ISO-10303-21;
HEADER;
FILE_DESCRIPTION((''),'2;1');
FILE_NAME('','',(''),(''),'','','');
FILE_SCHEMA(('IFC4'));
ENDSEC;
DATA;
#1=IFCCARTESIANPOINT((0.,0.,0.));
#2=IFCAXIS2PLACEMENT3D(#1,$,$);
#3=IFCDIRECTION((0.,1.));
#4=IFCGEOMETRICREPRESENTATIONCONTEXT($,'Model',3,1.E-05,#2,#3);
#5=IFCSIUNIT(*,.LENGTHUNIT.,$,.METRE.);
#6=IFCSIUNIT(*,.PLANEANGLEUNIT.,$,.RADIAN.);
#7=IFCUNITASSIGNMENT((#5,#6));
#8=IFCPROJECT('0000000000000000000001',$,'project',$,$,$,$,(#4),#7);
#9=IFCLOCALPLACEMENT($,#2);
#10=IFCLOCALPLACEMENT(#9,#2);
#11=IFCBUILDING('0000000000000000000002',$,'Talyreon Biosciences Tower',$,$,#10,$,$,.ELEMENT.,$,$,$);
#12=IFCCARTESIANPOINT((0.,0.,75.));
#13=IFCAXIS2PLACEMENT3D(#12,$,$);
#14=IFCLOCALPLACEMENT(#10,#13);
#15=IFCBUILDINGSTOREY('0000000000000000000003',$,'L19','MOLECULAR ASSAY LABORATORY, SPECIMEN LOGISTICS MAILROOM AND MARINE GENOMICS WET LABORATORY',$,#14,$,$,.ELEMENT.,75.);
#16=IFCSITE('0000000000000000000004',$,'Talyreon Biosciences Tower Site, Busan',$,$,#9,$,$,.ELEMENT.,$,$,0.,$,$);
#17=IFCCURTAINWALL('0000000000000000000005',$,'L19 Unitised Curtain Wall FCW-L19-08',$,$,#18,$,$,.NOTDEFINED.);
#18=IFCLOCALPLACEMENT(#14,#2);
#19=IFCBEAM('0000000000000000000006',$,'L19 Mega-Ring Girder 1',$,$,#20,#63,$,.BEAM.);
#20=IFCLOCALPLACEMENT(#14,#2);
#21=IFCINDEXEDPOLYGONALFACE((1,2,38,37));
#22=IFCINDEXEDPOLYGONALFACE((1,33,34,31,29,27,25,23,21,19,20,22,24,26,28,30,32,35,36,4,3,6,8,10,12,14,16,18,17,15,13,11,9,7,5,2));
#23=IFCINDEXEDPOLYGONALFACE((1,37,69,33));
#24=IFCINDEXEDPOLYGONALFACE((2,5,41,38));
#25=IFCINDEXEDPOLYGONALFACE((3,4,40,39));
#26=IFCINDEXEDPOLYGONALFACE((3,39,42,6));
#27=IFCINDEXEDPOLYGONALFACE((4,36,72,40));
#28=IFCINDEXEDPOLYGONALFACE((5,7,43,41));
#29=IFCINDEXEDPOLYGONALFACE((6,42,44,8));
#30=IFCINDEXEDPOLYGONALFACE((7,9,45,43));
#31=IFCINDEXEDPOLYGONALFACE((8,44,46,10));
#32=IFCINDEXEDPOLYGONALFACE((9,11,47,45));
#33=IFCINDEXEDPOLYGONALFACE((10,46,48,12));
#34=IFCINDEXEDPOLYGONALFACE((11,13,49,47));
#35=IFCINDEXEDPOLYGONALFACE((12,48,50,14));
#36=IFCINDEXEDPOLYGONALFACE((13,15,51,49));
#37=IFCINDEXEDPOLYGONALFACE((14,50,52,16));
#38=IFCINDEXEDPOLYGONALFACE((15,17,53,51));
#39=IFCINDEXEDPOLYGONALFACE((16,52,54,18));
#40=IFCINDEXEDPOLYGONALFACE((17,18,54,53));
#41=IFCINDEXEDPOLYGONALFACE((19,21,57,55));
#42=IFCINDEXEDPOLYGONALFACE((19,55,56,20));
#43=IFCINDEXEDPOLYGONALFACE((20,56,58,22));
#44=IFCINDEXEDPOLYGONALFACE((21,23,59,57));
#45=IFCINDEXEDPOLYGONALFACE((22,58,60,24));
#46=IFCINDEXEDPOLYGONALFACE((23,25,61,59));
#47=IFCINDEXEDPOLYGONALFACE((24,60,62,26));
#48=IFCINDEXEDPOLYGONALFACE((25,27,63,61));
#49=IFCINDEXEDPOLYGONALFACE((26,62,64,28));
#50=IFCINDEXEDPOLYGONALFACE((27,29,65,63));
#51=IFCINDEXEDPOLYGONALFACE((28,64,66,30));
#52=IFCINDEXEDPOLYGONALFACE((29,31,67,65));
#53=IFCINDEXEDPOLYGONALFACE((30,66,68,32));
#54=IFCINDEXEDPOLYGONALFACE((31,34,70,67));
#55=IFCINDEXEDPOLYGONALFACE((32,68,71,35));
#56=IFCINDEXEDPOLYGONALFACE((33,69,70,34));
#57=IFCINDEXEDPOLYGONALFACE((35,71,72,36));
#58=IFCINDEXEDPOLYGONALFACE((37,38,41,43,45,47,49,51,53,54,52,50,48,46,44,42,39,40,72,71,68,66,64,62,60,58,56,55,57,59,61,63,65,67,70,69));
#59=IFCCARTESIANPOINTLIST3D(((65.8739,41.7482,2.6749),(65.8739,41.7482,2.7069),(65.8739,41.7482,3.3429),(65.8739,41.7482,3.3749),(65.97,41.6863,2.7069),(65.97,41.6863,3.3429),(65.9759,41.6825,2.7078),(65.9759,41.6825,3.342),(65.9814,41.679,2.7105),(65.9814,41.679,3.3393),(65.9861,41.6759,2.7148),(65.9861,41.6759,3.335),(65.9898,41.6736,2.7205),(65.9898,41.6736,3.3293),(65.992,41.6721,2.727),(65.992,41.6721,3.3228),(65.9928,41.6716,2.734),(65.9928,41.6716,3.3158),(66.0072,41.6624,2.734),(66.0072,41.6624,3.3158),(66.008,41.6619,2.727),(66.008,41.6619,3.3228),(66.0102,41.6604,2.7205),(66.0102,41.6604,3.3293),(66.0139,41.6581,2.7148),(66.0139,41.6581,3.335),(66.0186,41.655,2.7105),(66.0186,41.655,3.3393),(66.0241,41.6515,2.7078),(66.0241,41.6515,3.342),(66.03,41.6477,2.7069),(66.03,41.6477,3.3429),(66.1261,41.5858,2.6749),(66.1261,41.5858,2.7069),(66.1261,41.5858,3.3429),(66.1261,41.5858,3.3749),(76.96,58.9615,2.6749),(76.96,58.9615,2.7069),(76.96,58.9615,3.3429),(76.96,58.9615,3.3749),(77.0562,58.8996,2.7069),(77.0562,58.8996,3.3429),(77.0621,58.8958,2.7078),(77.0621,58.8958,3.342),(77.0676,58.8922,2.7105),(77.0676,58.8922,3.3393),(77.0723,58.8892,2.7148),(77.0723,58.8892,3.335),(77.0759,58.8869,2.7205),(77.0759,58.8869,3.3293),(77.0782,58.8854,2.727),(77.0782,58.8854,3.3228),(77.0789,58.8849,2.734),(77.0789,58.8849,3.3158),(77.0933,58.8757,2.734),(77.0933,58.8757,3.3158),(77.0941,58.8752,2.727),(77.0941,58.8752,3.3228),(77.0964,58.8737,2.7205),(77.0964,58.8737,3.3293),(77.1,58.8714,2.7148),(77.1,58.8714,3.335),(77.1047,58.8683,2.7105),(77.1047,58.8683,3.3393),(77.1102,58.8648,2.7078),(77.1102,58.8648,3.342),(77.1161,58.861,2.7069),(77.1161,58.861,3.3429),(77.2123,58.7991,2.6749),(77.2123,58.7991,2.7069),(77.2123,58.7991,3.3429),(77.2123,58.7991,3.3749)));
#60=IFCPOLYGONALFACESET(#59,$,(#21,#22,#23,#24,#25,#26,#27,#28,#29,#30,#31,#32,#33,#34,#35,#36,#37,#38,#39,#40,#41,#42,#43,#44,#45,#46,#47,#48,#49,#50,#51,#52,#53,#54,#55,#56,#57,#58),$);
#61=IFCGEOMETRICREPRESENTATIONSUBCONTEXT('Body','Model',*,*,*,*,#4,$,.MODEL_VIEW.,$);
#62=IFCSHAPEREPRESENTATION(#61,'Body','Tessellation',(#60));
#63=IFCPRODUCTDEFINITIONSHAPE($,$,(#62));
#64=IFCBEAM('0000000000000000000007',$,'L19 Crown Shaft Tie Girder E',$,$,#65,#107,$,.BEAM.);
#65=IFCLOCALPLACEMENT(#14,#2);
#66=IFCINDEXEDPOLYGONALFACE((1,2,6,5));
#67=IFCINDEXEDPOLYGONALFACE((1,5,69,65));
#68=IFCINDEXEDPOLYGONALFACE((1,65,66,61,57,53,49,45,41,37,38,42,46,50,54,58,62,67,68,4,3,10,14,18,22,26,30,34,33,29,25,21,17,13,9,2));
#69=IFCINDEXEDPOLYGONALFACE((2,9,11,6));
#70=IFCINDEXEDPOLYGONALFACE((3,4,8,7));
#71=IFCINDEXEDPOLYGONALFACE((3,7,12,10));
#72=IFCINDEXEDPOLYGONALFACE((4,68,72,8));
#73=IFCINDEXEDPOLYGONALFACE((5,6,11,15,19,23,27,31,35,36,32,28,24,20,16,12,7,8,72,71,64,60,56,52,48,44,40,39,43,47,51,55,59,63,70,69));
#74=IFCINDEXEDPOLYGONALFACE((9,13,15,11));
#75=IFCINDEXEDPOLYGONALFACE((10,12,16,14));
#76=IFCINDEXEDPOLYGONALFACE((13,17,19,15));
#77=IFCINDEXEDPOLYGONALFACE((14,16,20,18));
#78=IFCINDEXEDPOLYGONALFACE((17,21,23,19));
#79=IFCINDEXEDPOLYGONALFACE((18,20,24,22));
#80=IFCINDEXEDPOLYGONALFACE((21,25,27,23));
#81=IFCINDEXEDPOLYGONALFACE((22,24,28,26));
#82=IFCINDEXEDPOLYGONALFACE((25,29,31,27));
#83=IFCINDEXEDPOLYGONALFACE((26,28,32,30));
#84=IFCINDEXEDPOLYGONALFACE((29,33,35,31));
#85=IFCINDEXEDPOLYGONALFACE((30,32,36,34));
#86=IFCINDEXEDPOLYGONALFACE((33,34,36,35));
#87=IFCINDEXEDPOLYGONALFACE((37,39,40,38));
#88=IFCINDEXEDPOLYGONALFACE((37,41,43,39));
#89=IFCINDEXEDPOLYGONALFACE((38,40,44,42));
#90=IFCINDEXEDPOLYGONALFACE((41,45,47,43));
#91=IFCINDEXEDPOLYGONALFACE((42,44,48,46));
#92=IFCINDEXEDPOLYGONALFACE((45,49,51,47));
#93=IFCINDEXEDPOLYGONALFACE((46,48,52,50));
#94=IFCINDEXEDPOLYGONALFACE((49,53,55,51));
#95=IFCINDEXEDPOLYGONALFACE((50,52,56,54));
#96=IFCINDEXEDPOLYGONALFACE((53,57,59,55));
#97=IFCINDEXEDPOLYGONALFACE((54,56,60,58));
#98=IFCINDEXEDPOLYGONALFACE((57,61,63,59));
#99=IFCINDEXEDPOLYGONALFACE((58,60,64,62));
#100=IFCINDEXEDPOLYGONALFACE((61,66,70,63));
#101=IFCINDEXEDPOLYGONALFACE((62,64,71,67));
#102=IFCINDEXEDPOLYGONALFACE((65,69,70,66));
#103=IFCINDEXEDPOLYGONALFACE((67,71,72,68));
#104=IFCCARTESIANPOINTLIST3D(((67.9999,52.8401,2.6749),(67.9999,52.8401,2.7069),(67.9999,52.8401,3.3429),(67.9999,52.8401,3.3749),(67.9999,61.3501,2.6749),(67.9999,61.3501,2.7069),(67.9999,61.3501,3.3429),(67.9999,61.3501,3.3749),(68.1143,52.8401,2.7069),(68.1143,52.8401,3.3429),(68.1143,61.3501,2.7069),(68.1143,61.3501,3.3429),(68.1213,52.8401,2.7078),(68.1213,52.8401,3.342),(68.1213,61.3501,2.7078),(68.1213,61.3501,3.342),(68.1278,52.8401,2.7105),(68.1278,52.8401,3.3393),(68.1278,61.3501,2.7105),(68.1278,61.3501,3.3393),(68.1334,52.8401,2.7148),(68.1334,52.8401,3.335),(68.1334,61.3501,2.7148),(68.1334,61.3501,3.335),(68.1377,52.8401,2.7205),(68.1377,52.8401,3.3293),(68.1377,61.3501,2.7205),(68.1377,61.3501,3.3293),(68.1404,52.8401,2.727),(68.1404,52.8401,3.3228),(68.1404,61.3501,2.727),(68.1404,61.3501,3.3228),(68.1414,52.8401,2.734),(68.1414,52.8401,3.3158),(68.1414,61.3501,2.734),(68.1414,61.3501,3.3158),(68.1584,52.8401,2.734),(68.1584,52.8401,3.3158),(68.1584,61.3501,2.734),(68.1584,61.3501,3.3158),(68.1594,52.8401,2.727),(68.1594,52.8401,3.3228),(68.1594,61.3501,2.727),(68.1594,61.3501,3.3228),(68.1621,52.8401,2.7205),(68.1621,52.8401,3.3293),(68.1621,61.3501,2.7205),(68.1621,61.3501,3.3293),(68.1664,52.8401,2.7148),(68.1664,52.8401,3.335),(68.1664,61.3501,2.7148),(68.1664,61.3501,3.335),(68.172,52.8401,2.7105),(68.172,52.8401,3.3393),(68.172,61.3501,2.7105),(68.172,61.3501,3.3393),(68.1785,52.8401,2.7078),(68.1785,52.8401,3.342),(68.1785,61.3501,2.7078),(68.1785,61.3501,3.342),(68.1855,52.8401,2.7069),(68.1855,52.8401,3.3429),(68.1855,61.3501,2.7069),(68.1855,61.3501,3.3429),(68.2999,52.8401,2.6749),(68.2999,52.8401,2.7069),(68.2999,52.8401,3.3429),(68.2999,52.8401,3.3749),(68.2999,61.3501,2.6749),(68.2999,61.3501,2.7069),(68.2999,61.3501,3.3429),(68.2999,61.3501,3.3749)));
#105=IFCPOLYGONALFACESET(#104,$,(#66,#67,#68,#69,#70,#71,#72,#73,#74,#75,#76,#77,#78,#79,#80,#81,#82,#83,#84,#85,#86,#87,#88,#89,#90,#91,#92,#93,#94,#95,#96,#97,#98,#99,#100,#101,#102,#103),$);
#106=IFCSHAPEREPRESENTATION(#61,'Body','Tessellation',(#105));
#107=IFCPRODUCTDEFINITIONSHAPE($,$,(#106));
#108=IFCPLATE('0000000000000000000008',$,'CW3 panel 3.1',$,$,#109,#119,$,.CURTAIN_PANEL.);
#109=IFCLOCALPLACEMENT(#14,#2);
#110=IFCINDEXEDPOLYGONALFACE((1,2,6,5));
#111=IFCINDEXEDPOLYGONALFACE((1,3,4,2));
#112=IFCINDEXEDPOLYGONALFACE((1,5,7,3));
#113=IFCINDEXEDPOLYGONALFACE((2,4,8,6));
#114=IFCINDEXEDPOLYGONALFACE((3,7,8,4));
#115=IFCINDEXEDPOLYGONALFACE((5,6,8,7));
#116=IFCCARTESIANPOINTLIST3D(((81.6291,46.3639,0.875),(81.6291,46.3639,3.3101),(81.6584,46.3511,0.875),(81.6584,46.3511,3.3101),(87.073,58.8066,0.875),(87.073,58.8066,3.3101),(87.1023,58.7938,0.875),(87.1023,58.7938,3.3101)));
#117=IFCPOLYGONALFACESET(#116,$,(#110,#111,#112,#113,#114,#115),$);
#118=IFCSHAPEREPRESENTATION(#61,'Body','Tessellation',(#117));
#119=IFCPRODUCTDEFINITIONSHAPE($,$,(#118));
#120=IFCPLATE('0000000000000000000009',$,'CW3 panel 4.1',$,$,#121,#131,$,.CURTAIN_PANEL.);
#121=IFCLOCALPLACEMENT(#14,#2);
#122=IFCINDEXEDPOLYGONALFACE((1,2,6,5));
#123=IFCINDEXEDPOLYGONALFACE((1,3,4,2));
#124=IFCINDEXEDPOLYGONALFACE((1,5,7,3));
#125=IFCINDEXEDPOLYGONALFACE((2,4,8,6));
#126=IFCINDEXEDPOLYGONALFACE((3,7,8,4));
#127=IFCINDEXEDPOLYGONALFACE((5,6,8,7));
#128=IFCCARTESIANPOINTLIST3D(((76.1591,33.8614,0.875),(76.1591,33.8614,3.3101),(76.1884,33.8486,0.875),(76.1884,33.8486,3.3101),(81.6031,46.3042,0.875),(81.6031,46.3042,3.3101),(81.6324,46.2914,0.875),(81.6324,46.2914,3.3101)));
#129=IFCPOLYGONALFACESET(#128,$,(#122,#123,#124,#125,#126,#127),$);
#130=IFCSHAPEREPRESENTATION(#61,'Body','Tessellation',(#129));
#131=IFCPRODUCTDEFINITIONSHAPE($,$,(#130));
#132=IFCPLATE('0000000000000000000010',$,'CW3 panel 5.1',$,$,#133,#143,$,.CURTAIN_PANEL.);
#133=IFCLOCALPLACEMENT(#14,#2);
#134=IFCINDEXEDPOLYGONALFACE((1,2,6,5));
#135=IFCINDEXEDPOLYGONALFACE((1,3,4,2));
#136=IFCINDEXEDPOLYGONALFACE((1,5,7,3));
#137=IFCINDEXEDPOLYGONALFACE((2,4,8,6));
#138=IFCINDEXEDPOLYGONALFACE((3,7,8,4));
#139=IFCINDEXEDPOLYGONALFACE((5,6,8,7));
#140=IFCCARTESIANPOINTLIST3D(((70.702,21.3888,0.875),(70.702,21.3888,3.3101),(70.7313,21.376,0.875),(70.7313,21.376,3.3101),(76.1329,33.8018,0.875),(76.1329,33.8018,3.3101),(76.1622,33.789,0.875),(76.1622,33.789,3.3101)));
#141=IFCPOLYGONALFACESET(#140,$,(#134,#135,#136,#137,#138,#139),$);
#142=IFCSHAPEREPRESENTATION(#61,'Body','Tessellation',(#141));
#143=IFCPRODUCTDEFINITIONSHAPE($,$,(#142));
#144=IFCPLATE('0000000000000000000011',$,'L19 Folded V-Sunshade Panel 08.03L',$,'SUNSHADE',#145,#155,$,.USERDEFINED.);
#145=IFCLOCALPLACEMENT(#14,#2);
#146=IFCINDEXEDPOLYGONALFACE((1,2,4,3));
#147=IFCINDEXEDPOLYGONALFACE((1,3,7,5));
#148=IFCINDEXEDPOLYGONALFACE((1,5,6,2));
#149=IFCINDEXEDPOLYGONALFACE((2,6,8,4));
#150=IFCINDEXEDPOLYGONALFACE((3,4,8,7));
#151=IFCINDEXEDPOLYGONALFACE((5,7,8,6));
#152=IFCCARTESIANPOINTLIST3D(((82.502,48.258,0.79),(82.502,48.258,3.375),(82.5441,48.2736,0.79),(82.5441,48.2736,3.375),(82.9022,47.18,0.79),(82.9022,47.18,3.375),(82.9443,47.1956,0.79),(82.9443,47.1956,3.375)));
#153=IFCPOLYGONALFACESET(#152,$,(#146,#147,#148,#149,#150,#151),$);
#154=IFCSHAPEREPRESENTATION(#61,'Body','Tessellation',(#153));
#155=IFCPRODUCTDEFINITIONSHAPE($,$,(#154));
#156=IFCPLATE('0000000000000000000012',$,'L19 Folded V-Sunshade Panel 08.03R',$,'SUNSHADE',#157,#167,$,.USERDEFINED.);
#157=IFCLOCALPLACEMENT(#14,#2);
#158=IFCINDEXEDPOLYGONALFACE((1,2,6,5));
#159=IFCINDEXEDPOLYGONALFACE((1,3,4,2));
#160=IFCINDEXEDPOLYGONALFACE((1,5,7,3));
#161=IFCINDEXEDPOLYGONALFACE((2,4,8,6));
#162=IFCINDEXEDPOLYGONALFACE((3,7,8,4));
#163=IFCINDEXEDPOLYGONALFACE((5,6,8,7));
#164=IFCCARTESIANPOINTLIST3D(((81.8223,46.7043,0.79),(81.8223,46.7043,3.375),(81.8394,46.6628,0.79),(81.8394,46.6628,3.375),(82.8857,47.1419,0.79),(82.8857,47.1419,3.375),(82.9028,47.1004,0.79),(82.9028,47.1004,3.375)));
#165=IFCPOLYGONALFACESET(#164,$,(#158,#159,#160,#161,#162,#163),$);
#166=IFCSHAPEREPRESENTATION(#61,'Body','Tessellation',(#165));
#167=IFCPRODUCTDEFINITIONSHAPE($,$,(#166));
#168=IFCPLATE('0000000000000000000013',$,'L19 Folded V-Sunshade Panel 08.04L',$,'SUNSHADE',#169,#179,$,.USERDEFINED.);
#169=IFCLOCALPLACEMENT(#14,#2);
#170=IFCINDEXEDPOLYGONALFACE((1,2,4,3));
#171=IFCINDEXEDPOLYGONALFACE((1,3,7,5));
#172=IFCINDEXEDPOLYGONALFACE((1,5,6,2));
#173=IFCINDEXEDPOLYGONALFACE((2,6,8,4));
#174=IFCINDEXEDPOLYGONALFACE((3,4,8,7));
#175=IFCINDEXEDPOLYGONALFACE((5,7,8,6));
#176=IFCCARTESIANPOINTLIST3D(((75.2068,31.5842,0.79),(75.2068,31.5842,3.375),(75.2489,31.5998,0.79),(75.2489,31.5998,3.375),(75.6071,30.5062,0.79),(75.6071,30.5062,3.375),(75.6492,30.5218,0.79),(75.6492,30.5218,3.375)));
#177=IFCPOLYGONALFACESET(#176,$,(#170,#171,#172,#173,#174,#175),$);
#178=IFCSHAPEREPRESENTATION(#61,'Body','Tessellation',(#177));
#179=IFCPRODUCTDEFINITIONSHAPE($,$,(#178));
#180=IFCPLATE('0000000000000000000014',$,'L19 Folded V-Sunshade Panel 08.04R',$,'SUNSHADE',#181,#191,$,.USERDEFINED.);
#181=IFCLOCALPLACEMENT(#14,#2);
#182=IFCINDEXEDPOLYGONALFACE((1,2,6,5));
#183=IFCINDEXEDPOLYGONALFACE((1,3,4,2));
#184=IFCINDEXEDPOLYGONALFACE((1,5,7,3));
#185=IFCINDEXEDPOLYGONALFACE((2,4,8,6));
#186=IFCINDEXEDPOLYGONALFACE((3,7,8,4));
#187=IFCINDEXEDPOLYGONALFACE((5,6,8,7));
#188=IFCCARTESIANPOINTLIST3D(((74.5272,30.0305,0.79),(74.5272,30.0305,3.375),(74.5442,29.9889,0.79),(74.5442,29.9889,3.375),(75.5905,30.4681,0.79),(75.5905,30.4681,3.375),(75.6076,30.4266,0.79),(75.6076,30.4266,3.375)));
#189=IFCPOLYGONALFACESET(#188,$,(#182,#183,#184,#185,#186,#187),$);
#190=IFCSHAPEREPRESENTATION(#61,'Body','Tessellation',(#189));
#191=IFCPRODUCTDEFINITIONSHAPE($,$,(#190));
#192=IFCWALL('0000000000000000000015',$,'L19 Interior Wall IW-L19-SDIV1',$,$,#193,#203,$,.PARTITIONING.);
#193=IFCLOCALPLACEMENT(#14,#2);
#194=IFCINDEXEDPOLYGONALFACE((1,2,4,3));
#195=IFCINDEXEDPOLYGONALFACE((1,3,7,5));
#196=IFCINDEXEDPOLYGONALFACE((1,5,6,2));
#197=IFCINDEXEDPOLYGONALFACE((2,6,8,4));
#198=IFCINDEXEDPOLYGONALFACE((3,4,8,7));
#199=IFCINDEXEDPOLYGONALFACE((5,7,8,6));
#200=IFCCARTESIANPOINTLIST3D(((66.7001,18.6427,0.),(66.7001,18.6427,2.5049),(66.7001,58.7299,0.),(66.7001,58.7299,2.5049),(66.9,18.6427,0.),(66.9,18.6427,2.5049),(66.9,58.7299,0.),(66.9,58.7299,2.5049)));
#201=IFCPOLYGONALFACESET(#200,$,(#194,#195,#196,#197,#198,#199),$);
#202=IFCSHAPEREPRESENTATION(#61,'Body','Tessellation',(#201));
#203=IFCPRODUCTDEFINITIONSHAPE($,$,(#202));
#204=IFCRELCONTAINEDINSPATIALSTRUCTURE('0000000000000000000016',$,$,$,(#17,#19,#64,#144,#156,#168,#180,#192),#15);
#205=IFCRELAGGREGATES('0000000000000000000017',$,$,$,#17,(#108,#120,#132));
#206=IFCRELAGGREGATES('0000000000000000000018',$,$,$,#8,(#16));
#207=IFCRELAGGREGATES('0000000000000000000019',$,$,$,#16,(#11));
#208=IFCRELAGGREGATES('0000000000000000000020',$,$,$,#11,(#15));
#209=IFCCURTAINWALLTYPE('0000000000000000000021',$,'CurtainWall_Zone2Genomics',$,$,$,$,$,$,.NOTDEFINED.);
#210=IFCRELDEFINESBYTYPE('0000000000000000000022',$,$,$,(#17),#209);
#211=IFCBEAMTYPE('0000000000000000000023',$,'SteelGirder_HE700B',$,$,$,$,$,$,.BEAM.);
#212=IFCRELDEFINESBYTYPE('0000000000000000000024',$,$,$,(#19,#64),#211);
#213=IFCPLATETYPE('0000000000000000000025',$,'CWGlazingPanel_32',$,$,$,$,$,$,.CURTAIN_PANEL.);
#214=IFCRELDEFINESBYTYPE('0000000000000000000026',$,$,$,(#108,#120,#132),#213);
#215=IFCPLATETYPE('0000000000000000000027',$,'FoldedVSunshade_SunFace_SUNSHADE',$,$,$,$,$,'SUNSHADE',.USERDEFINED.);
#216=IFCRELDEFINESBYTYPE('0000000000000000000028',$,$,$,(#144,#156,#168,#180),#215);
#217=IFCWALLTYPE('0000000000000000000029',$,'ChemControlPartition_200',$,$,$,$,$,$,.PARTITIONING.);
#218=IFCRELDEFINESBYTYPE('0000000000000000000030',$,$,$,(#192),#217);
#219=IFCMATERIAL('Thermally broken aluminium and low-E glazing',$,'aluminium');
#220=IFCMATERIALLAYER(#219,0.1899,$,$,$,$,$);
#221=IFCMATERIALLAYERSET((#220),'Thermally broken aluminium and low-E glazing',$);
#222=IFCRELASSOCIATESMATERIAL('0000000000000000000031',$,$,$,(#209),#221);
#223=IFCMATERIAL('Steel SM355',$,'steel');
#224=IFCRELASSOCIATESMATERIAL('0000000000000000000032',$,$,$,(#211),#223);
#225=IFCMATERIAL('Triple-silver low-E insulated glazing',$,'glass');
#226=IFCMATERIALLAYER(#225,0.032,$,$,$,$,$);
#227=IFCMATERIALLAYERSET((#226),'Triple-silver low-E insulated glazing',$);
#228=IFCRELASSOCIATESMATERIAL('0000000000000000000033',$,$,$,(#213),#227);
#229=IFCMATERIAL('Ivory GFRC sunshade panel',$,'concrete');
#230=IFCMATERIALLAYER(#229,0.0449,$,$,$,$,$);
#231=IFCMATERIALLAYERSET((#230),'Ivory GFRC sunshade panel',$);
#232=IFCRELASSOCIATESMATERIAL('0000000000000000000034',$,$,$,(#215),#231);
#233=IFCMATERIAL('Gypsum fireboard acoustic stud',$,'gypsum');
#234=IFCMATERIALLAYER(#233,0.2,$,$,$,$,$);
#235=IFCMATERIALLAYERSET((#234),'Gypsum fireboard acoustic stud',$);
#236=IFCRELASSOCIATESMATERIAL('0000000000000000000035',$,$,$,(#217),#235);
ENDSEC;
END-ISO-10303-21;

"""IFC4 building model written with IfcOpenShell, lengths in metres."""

from ifc_helpers import new_model, si_unit, direction, frame, frame_2d, origin, origin_2d, place, context, subcontext, project, spatial, rectangle, i_section, extrude, material, layer, layer_set, material_profile, profile_set, type_object, element, aggregate, save


model = new_model("IFC4")

# Units and contexts
model_context = context("Model", 3, precision=1e-05, world=origin(), true_north=direction((0.0, 1.0)))
body_context = subcontext(model_context, "Body", "Model", "MODEL_VIEW")
ifc_project = project(units=[si_unit("LENGTHUNIT", "METRE"), si_unit("PLANEANGLEUNIT", "RADIAN")], contexts=[model_context])

# Site, building, storey
site_placement = place(None, origin())
site = spatial("IfcSite", under=ifc_project, at=site_placement, Name="Talyreon Biosciences Tower Site, Busan", CompositionType="ELEMENT", RefElevation=0.0)
building_placement = place(site_placement, origin())
building = spatial("IfcBuilding", under=site, at=building_placement, Name="Talyreon Biosciences Tower", CompositionType="ELEMENT")
storey_placement = place(building_placement, frame((0.0, 0.0, 75.0)))
storey = spatial("IfcBuildingStorey", under=building, at=storey_placement, Name="L19", Description="MOLECULAR ASSAY LABORATORY, SPECIMEN LOGISTICS MAILROOM AND MARINE GENOMICS WET LABORATORY", CompositionType="ELEMENT", Elevation=75.0)

# Curtain wall
ifc_material_1 = material(Name="Thermally broken aluminium and low-E glazing", Category="aluminium")
ifc_layer_1 = layer(ifc_material_1, 0.1899)
ifc_layer_set_1 = layer_set([ifc_layer_1], Name="Thermally broken aluminium and low-E glazing")
curtain_wall_type = type_object("IfcCurtainWallType", Name="CurtainWall_Zone2Genomics", PredefinedType="NOTDEFINED", material=ifc_layer_set_1)
curtain_wall_placement = place(storey_placement, origin())
curtain_wall = element("IfcCurtainWall", 1, at=curtain_wall_placement, inside=storey, type_object=curtain_wall_type, Name="L19 Unitised Curtain Wall FCW-L19-08", PredefinedType="NOTDEFINED")

# Beams
ifc_material_2 = material(Name="Steel SM355", Category="steel")
ifc_material_profile_1 = material_profile(ifc_material_2, i_section(OverallWidth=0.3, OverallDepth=0.7, WebThickness=0.0171, FlangeThickness=0.032, FilletRadius=0.0271, at=origin_2d()), Name="HE700B")
ifc_profile_set_1 = profile_set([ifc_material_profile_1], Name="Steel SM355")
beam_type_1 = type_object("IfcBeamType", Name="SteelGirder_HE700B", PredefinedType="BEAM", material=ifc_profile_set_1)
beam_1_placement = place(storey_placement, frame((66.0, 41.667, 3.0249), z_axis=(0.541464, 0.840724, 0.0), x_axis=(-0.840724, 0.541464, 0.0)))
element("IfcBeam", 2, at=beam_1_placement, inside=storey, type_object=beam_type_1, Name="L19 Mega-Ring Girder 1", PredefinedType="BEAM", context=body_context, shape_type="SweptSolid", body=[
    extrude(i_section(OverallWidth=0.3, OverallDepth=0.7, WebThickness=0.0171, FlangeThickness=0.032, FilletRadius=0.0271, at=origin_2d()), origin(), (0.0, 0.0, 1.0), 20.4744),
])
beam_2_placement = place(storey_placement, frame((68.1499, 52.8401, 3.0249), z_axis=(0.0, 1.0, 0.0), x_axis=(-1.0, 0.0, 0.0)))
element("IfcBeam", 3, at=beam_2_placement, inside=storey, type_object=beam_type_1, Name="L19 Crown Shaft Tie Girder E", PredefinedType="BEAM", context=body_context, shape_type="SweptSolid", body=[
    extrude(i_section(OverallWidth=0.3, OverallDepth=0.7, WebThickness=0.0171, FlangeThickness=0.032, FilletRadius=0.0271, at=origin_2d()), origin(), (0.0, 0.0, 1.0), 8.51),
])

# Plates
ifc_material_3 = material(Name="Triple-silver low-E insulated glazing", Category="glass")
ifc_layer_2 = layer(ifc_material_3, 0.032)
ifc_layer_set_2 = layer_set([ifc_layer_2], Name="Triple-silver low-E insulated glazing")
plate_type_1 = type_object("IfcPlateType", Name="CWGlazingPanel_32", PredefinedType="CURTAIN_PANEL", material=ifc_layer_set_2)
plate_1_placement = place(storey_placement, frame((84.3657, 52.5789, 0.875), z_axis=(0.0, 0.0, 1.0), x_axis=(-0.400831, -0.916152, 0.0)))
plate_1 = element("IfcPlate", 4, at=plate_1_placement, type_object=plate_type_1, Name="CW3 panel 3.1", PredefinedType="CURTAIN_PANEL", context=body_context, shape_type="SweptSolid", body=[
    extrude(rectangle(XDim=13.5815, YDim=0.032, at=origin_2d()), origin(), (0.0, 0.0, 1.0), 2.4351),
])
plate_2_placement = place(storey_placement, frame((78.8958, 40.0764, 0.875), z_axis=(0.0, 0.0, 1.0), x_axis=(-0.400831, -0.916152, 0.0)))
plate_2 = element("IfcPlate", 5, at=plate_2_placement, type_object=plate_type_1, Name="CW3 panel 4.1", PredefinedType="CURTAIN_PANEL", context=body_context, shape_type="SweptSolid", body=[
    extrude(rectangle(XDim=13.5815, YDim=0.032, at=origin_2d()), origin(), (0.0, 0.0, 1.0), 2.4351),
])
plate_3_placement = place(storey_placement, frame((73.4321, 27.5889, 0.875), z_axis=(0.0, 0.0, 1.0), x_axis=(-0.400831, -0.916152, 0.0)))
plate_3 = element("IfcPlate", 6, at=plate_3_placement, type_object=plate_type_1, Name="CW3 panel 5.1", PredefinedType="CURTAIN_PANEL", context=body_context, shape_type="SweptSolid", body=[
    extrude(rectangle(XDim=13.5491, YDim=0.032, at=origin_2d()), origin(), (0.0, 0.0, 1.0), 2.4351),
])
aggregate(curtain_wall, [plate_1, plate_2, plate_3])

# Plates
ifc_material_4 = material(Name="Ivory GFRC sunshade panel", Category="concrete")
ifc_layer_3 = layer(ifc_material_4, 0.0449)
ifc_layer_set_3 = layer_set([ifc_layer_3], Name="Ivory GFRC sunshade panel")
plate_type_2 = type_object("IfcPlateType", Name="FoldedVSunshade_SunFace_SUNSHADE", ElementType="SUNSHADE", PredefinedType="USERDEFINED", material=ifc_layer_set_3)
for number, where, z_axis, x_axis, name in (
    (7, (82.7231, 47.7268, 0.79), (0.0, 0.0, 1.0), (0.348081, -0.937464, 0.0), "L19 Folded V-Sunshade Panel 08.03L"),
    (8, (82.3625, 46.9023, 0.79), (0.0, 0.0, 1.0), (-0.924745, -0.380586, 0.0), "L19 Folded V-Sunshade Panel 08.03R"),
    (9, (75.428, 31.053, 0.79), (0.0, 0.0, 1.0), (0.348081, -0.937464, 0.0), "L19 Folded V-Sunshade Panel 08.04L"),
    (10, (75.0674, 30.2285, 0.79), (0.0, 0.0, 1.0), (-0.924745, -0.380586, 0.0), "L19 Folded V-Sunshade Panel 08.04R"),
):
    element("IfcPlate", number, at=place(storey_placement, frame(where, z_axis=z_axis, x_axis=x_axis)), inside=storey, type_object=plate_type_2, Name=name, ObjectType="SUNSHADE", PredefinedType="USERDEFINED", context=body_context, shape_type="SweptSolid", body=[
        extrude(rectangle(XDim=1.1499, YDim=0.0449, at=origin_2d()), origin(), (0.0, 0.0, 1.0), 2.585),
    ])

# Wall
ifc_material_5 = material(Name="Gypsum fireboard acoustic stud", Category="gypsum")
ifc_layer_4 = layer(ifc_material_5, 0.2)
ifc_layer_set_4 = layer_set([ifc_layer_4], Name="Gypsum fireboard acoustic stud")
wall_type_1 = type_object("IfcWallType", Name="ChemControlPartition_200", PredefinedType="PARTITIONING", material=ifc_layer_set_4)
wall_1_placement = place(storey_placement, frame((66.8, 18.6428, 0.0), z_axis=(0.0, 0.0, 1.0), x_axis=(0.0, 1.0, 0.0)))
element("IfcWall", 11, at=wall_1_placement, inside=storey, type_object=wall_type_1, Name="L19 Interior Wall IW-L19-SDIV1", PredefinedType="PARTITIONING", context=body_context, shape_type="SweptSolid", body=[
    extrude(rectangle(XDim=40.0872, YDim=0.2, at=frame_2d((20.0435, 0.0))), origin(), (0.0, 0.0, 1.0), 2.5049),
])

save(model, "model.ifc")
